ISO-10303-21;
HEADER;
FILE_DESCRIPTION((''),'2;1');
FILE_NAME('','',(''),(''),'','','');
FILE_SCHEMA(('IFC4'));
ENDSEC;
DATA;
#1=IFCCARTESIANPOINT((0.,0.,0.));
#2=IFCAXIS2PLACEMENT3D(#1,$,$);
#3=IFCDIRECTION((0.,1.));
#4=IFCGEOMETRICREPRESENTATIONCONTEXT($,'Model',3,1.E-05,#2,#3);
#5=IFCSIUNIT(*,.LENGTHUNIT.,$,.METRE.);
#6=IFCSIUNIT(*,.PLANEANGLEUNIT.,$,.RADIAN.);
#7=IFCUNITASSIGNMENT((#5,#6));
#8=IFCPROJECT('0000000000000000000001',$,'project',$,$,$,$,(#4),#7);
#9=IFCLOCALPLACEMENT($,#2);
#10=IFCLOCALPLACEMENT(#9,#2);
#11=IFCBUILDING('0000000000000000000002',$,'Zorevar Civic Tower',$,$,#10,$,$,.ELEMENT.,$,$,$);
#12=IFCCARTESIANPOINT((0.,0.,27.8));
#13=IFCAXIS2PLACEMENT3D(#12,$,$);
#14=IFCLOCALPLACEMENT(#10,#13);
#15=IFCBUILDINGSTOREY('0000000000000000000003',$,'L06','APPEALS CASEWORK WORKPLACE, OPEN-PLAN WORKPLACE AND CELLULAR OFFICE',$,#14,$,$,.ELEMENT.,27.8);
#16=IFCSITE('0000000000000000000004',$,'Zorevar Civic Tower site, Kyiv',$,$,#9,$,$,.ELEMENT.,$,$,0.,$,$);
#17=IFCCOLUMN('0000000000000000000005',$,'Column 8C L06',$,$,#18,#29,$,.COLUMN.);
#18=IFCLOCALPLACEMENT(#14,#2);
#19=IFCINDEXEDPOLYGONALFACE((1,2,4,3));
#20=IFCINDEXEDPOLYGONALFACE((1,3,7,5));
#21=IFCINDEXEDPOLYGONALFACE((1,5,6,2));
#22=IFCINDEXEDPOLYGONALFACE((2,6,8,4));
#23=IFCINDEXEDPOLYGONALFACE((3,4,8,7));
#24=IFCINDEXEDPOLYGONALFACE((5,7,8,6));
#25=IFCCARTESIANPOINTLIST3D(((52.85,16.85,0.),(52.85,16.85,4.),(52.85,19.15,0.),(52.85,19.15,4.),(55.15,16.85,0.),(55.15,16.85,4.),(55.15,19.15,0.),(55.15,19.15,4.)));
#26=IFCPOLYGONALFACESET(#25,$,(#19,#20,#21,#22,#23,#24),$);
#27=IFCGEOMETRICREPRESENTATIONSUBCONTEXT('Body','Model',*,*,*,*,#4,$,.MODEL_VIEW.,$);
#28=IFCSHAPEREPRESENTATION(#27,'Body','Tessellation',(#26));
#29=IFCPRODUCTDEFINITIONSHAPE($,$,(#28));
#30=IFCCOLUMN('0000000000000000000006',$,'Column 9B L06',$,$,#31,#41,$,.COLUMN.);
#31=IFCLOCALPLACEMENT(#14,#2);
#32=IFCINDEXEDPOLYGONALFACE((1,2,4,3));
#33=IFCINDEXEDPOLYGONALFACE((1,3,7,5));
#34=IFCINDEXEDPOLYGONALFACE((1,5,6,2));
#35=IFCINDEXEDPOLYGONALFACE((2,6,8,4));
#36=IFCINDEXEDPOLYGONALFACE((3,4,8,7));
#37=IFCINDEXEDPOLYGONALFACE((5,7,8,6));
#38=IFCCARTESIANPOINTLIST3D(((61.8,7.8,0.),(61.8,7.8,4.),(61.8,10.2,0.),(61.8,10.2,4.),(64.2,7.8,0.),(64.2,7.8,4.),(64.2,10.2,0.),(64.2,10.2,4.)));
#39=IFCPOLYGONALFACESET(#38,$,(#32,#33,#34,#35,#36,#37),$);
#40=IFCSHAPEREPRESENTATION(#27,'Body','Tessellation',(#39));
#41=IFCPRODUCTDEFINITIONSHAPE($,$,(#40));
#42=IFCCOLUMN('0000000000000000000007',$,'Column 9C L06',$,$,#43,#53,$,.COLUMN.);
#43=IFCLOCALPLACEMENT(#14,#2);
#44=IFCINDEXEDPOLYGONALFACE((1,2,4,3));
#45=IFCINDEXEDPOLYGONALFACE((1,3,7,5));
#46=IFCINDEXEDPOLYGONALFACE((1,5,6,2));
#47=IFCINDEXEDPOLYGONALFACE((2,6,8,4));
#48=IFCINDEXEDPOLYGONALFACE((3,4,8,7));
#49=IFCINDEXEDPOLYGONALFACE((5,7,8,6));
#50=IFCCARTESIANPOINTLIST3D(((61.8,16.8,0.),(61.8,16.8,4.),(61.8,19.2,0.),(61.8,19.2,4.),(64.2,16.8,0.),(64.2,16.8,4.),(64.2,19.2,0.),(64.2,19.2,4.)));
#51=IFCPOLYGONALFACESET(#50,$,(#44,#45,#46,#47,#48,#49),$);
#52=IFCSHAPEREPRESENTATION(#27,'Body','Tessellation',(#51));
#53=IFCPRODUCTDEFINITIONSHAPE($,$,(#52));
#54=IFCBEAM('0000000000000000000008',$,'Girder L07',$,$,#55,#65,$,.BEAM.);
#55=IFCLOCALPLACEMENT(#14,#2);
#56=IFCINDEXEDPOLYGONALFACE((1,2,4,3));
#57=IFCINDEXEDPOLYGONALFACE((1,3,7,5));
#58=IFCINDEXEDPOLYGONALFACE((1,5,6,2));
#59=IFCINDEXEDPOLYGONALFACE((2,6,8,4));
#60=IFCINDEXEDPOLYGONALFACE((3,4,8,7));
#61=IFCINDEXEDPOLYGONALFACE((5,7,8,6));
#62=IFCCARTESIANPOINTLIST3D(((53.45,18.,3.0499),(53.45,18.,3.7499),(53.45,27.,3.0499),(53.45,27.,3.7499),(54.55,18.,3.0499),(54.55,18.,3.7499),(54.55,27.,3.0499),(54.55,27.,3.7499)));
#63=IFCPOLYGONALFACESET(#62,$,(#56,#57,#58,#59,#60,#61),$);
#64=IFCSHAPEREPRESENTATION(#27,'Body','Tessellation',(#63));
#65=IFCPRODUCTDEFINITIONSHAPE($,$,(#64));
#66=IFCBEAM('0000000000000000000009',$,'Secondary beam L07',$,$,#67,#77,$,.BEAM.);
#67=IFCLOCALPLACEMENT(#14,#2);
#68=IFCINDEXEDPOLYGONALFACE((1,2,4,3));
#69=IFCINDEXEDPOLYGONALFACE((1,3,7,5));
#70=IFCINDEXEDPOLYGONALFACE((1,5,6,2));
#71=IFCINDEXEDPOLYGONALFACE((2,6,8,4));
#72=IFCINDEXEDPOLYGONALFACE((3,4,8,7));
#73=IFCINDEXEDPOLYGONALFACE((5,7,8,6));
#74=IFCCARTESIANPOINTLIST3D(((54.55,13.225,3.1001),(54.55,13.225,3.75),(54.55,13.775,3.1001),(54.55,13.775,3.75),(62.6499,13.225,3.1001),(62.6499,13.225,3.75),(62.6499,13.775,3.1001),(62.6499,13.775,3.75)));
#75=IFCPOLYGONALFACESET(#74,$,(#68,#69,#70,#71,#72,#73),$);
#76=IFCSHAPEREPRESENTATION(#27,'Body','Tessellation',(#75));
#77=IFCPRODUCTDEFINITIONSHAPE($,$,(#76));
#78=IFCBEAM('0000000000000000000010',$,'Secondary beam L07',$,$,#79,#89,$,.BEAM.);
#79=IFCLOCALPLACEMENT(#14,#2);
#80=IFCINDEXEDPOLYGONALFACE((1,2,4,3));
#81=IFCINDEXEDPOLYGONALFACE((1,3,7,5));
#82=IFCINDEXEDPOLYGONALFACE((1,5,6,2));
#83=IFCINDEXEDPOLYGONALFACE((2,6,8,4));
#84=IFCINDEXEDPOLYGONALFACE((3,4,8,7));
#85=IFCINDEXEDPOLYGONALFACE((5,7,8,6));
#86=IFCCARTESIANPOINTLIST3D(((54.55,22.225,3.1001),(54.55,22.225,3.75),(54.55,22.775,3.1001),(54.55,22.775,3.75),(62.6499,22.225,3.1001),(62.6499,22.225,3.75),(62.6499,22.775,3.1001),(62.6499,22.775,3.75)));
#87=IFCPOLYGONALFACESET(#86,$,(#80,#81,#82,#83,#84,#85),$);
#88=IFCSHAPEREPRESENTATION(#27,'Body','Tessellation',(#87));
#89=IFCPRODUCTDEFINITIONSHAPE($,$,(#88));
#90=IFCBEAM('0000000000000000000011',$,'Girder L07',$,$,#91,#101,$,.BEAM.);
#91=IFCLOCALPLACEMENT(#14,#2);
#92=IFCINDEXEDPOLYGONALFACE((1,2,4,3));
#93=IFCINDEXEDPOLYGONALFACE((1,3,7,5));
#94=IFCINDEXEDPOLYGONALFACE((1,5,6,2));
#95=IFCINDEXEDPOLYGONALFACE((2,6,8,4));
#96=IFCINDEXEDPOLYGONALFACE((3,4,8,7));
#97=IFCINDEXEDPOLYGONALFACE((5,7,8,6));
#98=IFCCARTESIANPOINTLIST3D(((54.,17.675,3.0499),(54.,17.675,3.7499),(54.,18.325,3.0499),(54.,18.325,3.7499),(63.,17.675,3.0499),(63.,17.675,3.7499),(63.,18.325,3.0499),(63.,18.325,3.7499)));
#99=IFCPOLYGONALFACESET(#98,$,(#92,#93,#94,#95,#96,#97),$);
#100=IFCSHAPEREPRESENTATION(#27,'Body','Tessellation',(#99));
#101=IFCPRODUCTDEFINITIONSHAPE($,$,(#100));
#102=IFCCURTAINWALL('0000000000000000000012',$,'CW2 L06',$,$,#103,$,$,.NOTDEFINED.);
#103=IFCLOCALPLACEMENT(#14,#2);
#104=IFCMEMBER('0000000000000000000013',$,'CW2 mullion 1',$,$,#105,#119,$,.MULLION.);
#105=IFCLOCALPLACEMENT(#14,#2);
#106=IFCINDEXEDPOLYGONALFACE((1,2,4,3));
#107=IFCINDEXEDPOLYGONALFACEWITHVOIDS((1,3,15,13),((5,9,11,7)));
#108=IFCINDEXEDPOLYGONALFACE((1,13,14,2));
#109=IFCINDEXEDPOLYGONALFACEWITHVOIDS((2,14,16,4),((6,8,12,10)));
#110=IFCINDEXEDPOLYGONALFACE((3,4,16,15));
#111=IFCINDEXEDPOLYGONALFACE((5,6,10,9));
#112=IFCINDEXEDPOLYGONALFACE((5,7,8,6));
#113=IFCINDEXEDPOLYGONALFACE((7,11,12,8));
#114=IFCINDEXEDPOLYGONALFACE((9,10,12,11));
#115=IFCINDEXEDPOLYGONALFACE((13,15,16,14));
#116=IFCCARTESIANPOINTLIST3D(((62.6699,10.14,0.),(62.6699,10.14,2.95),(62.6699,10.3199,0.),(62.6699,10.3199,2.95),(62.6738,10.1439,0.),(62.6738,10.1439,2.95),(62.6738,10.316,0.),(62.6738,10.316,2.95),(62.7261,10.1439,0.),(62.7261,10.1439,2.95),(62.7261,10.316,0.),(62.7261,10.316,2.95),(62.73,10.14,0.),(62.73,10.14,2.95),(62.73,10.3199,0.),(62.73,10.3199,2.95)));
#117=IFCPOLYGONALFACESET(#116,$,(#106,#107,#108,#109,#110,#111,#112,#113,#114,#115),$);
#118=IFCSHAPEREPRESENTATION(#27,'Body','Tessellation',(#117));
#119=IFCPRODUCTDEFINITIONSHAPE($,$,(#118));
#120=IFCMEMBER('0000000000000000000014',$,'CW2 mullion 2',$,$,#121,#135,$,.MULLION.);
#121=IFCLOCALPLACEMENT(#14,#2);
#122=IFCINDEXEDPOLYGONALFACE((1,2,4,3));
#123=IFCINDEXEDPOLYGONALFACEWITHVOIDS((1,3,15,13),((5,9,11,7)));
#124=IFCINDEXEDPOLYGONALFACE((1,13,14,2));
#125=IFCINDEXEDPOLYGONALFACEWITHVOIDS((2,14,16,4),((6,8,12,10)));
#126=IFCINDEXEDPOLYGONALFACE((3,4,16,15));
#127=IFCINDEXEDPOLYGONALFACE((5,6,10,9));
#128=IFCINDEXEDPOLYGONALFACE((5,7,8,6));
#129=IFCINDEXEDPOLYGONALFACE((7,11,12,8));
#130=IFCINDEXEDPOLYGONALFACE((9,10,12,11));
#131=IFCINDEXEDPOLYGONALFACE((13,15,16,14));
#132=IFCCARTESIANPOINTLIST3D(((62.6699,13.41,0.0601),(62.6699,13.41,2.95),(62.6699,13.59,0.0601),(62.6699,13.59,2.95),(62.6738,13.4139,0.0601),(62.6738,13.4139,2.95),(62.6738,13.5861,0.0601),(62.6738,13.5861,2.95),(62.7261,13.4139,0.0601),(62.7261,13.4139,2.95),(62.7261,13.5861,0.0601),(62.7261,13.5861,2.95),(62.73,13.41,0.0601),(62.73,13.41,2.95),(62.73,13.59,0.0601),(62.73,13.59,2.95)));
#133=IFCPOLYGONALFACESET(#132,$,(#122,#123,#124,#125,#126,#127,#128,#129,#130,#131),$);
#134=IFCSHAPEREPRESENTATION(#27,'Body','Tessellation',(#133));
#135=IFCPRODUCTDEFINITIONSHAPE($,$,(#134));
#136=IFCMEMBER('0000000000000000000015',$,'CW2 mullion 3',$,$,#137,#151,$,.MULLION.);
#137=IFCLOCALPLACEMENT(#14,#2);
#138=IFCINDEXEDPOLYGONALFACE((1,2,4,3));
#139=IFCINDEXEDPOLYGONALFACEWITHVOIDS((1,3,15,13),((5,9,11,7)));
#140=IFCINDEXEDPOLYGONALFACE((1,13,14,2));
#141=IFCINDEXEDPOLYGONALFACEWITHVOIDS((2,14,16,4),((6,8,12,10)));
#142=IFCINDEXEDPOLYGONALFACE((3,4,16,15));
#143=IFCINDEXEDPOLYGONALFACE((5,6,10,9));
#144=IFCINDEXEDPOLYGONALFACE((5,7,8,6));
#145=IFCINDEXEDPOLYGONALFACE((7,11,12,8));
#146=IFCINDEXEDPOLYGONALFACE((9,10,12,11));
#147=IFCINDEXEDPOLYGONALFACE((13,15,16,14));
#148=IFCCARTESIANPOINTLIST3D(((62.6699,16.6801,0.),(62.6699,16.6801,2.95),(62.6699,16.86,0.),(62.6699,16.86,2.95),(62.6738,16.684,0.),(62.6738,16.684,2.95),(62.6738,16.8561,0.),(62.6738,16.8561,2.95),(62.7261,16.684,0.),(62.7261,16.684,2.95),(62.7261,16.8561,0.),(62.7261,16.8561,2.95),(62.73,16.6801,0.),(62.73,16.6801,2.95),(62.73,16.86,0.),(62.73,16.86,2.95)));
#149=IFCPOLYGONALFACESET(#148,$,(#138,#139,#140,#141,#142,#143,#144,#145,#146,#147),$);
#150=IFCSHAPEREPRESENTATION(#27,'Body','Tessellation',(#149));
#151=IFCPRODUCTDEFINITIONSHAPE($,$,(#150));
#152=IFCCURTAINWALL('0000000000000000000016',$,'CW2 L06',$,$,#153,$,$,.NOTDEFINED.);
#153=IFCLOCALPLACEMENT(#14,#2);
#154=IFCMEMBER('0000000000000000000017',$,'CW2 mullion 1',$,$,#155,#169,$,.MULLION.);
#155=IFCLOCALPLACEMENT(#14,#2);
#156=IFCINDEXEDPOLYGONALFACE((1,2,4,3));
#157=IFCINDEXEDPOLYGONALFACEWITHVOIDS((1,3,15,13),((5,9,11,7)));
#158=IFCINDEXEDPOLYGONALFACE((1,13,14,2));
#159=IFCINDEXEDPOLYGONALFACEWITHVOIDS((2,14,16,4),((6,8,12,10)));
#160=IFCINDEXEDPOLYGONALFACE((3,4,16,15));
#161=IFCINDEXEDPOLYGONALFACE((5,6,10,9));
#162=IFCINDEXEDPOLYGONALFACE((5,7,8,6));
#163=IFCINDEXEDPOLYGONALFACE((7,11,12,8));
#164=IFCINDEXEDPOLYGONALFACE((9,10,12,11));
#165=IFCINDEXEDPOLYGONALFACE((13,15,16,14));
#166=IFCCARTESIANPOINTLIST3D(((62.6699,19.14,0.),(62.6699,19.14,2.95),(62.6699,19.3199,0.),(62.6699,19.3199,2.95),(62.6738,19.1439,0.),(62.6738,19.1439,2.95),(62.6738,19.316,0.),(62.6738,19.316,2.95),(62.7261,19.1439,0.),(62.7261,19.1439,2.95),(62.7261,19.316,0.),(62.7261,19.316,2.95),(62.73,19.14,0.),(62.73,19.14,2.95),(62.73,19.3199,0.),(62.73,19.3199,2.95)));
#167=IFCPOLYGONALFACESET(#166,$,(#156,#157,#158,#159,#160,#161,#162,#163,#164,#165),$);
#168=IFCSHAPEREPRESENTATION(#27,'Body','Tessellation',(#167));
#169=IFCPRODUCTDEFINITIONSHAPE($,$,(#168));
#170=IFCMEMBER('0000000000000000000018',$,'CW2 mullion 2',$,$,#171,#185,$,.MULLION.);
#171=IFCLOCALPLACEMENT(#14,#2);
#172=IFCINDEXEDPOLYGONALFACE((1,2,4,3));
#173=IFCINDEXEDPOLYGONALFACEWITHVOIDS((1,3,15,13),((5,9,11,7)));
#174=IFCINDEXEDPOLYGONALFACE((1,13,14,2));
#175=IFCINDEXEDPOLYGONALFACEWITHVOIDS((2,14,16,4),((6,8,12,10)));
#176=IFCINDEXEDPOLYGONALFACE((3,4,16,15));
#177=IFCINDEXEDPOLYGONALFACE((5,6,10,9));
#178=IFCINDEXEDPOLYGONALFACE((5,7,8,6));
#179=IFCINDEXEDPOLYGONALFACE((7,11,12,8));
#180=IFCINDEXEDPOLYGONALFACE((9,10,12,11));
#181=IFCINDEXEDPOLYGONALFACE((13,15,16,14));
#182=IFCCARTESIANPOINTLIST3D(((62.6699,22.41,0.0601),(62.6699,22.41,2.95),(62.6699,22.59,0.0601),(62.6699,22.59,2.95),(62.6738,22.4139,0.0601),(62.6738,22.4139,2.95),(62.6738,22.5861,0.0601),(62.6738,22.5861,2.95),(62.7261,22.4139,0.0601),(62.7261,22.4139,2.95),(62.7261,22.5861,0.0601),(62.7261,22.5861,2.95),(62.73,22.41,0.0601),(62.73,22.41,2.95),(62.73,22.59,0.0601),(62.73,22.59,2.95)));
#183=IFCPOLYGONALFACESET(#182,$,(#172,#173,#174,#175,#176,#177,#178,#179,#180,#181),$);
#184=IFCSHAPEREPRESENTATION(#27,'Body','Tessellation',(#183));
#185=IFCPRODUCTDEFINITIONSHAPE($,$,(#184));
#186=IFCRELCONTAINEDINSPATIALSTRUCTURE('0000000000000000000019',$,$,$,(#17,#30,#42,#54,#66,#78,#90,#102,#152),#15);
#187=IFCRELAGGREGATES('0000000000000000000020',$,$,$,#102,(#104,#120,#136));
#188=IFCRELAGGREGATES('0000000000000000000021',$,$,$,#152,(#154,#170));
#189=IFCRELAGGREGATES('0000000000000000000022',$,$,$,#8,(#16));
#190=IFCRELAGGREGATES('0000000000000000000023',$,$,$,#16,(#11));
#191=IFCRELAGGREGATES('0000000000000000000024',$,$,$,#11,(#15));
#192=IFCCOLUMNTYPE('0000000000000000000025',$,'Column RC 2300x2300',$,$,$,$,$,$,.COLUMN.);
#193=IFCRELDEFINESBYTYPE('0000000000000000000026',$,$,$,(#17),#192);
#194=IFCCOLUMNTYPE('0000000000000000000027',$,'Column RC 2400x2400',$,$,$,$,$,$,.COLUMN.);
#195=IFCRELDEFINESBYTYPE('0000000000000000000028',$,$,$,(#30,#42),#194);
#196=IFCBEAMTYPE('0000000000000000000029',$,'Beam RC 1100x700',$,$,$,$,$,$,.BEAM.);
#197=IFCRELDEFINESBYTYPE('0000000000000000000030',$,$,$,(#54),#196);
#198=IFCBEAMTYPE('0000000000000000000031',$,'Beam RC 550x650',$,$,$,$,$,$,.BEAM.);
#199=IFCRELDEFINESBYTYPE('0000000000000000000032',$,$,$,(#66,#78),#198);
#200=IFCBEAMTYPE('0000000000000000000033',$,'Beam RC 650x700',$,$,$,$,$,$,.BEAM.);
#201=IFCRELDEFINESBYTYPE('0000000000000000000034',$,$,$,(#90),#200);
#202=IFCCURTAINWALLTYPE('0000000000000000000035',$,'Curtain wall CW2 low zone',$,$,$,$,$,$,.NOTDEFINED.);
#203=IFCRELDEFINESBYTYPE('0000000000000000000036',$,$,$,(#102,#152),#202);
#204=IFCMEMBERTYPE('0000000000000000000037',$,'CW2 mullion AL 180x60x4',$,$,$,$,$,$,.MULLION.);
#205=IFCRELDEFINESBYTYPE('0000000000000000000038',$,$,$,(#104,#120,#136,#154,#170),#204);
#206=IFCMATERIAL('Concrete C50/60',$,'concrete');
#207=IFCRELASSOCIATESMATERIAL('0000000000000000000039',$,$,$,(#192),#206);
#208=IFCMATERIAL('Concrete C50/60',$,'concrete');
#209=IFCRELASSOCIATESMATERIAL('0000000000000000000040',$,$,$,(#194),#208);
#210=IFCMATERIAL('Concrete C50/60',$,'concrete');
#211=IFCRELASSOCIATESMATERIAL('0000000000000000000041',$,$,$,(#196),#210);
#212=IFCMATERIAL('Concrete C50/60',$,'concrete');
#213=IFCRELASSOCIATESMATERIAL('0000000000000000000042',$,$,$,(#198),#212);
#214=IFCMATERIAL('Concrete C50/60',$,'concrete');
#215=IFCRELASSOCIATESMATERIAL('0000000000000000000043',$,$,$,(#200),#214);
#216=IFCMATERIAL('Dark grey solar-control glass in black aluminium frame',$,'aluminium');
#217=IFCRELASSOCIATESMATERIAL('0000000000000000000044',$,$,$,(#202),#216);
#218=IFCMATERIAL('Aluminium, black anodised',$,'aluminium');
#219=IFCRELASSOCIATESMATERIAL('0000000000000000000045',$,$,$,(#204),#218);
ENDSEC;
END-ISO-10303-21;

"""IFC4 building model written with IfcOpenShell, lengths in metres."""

from ifc_helpers import new_model, si_unit, direction, frame, origin, origin_2d, place, context, subcontext, project, spatial, rectangle, hollow_rectangle, extrude, material, material_profile, profile_set, type_object, element, aggregate, save


model = new_model("IFC4")

# Units and contexts
model_context = context("Model", 3, precision=1e-05, world=origin(), true_north=direction((0.0, 1.0)))
body_context = subcontext(model_context, "Body", "Model", "MODEL_VIEW")
ifc_project = project(units=[si_unit("LENGTHUNIT", "METRE"), si_unit("PLANEANGLEUNIT", "RADIAN")], contexts=[model_context])

# Site, building, storey
site_placement = place(None, origin())
site = spatial("IfcSite", under=ifc_project, at=site_placement, Name="Zorevar Civic Tower site, Kyiv", CompositionType="ELEMENT", RefElevation=0.0)
building_placement = place(site_placement, origin())
building = spatial("IfcBuilding", under=site, at=building_placement, Name="Zorevar Civic Tower", CompositionType="ELEMENT")
storey_placement = place(building_placement, frame((0.0, 0.0, 27.8)))
storey = spatial("IfcBuildingStorey", under=building, at=storey_placement, Name="L06", Description="APPEALS CASEWORK WORKPLACE, OPEN-PLAN WORKPLACE AND CELLULAR OFFICE", CompositionType="ELEMENT", Elevation=27.8)

# Columns
ifc_material_1 = material(Name="Concrete C50/60", Category="concrete")
ifc_material_profile_1 = material_profile(ifc_material_1, rectangle(XDim=2.3, YDim=2.3, at=origin_2d()), Name="RC 2300x2300")
ifc_profile_set_1 = profile_set([ifc_material_profile_1], Name="Concrete C50/60")
column_type_1 = type_object("IfcColumnType", Name="Column RC 2300x2300", PredefinedType="COLUMN", material=ifc_profile_set_1)
column_placement = place(storey_placement, frame((54.0, 18.0, 0.0), z_axis=(0.0, 0.0, 1.0), x_axis=(1.0, 0.0, 0.0)))
element("IfcColumn", 1, at=column_placement, inside=storey, type_object=column_type_1, Name="Column 8C L06", PredefinedType="COLUMN", context=body_context, shape_type="SweptSolid", body=[
    extrude(rectangle(XDim=2.3, YDim=2.3, at=origin_2d()), origin(), (0.0, 0.0, 1.0), 4.0),
])
ifc_material_2 = material(Name="Concrete C50/60", Category="concrete")
ifc_material_profile_2 = material_profile(ifc_material_2, rectangle(XDim=2.3999, YDim=2.3999, at=origin_2d()), Name="RC 2400x2400")
ifc_profile_set_2 = profile_set([ifc_material_profile_2], Name="Concrete C50/60")
column_type_2 = type_object("IfcColumnType", Name="Column RC 2400x2400", PredefinedType="COLUMN", material=ifc_profile_set_2)
for number, where, z_axis, x_axis, name in (
    (2, (63.0, 9.0, 0.0), (0.0, 0.0, 1.0), (1.0, 0.0, 0.0), "Column 9B L06"),
    (3, (63.0, 18.0, 0.0), (0.0, 0.0, 1.0), (1.0, 0.0, 0.0), "Column 9C L06"),
):
    element("IfcColumn", number, at=place(storey_placement, frame(where, z_axis=z_axis, x_axis=x_axis)), inside=storey, type_object=column_type_2, Name=name, PredefinedType="COLUMN", context=body_context, shape_type="SweptSolid", body=[
        extrude(rectangle(XDim=2.3999, YDim=2.3999, at=origin_2d()), origin(), (0.0, 0.0, 1.0), 4.0),
    ])

# Beams
ifc_material_3 = material(Name="Concrete C50/60", Category="concrete")
ifc_material_profile_3 = material_profile(ifc_material_3, rectangle(XDim=1.1001, YDim=0.7, at=origin_2d()), Name="RC 1100x700")
ifc_profile_set_3 = profile_set([ifc_material_profile_3], Name="Concrete C50/60")
beam_type_1 = type_object("IfcBeamType", Name="Beam RC 1100x700", PredefinedType="BEAM", material=ifc_profile_set_3)
beam_1_placement = place(storey_placement, frame((54.0, 18.0, 3.3999), z_axis=(0.0, 1.0, 0.0), x_axis=(-1.0, 0.0, 0.0)))
element("IfcBeam", 4, at=beam_1_placement, inside=storey, type_object=beam_type_1, Name="Girder L07", PredefinedType="BEAM", context=body_context, shape_type="SweptSolid", body=[
    extrude(rectangle(XDim=1.1001, YDim=0.7, at=origin_2d()), origin(), (0.0, 0.0, 1.0), 9.0),
])
ifc_material_4 = material(Name="Concrete C50/60", Category="concrete")
ifc_material_profile_4 = material_profile(ifc_material_4, rectangle(XDim=0.55, YDim=0.6499, at=origin_2d()), Name="RC 550x650")
ifc_profile_set_4 = profile_set([ifc_material_profile_4], Name="Concrete C50/60")
beam_type_2 = type_object("IfcBeamType", Name="Beam RC 550x650", PredefinedType="BEAM", material=ifc_profile_set_4)
for number, where, z_axis, x_axis, name in (
    (5, (54.55, 13.5, 3.425), (1.0, 0.0, 0.0), (0.0, 1.0, 0.0), "Secondary beam L07"),
    (6, (54.55, 22.5, 3.425), (1.0, 0.0, 0.0), (0.0, 1.0, 0.0), "Secondary beam L07"),
):
    element("IfcBeam", number, at=place(storey_placement, frame(where, z_axis=z_axis, x_axis=x_axis)), inside=storey, type_object=beam_type_2, Name=name, PredefinedType="BEAM", context=body_context, shape_type="SweptSolid", body=[
        extrude(rectangle(XDim=0.55, YDim=0.6499, at=origin_2d()), origin(), (0.0, 0.0, 1.0), 8.0999),
    ])
ifc_material_5 = material(Name="Concrete C50/60", Category="concrete")
ifc_material_profile_5 = material_profile(ifc_material_5, rectangle(XDim=0.6499, YDim=0.7, at=origin_2d()), Name="RC 650x700")
ifc_profile_set_5 = profile_set([ifc_material_profile_5], Name="Concrete C50/60")
beam_type_3 = type_object("IfcBeamType", Name="Beam RC 650x700", PredefinedType="BEAM", material=ifc_profile_set_5)
beam_2_placement = place(storey_placement, frame((54.0, 18.0, 3.3999), z_axis=(1.0, 0.0, 0.0), x_axis=(0.0, 1.0, 0.0)))
element("IfcBeam", 7, at=beam_2_placement, inside=storey, type_object=beam_type_3, Name="Girder L07", PredefinedType="BEAM", context=body_context, shape_type="SweptSolid", body=[
    extrude(rectangle(XDim=0.6499, YDim=0.7, at=origin_2d()), origin(), (0.0, 0.0, 1.0), 9.0),
])

# Curtain walls, members
ifc_material_6 = material(Name="Dark grey solar-control glass in black aluminium frame", Category="aluminium")
curtain_wall_type = type_object("IfcCurtainWallType", Name="Curtain wall CW2 low zone", PredefinedType="NOTDEFINED", material=ifc_material_6)
curtain_wall_1_placement = place(storey_placement, origin())
curtain_wall_1 = element("IfcCurtainWall", 8, at=curtain_wall_1_placement, inside=storey, type_object=curtain_wall_type, Name="CW2 L06", PredefinedType="NOTDEFINED")
ifc_material_7 = material(Name="Aluminium, black anodised", Category="aluminium")
ifc_material_profile_6 = material_profile(ifc_material_7, hollow_rectangle(XDim=0.0601, YDim=0.1799, WallThickness=0.0039, at=origin_2d()), Name="AL 180x60x4")
ifc_profile_set_6 = profile_set([ifc_material_profile_6], Name="Aluminium, black anodised")
member_type_1 = type_object("IfcMemberType", Name="CW2 mullion AL 180x60x4", PredefinedType="MULLION", material=ifc_profile_set_6)
member_1_placement = place(storey_placement, frame((62.7, 10.23, 0.0), z_axis=(0.0, 0.0, 1.0), x_axis=(-1.0, 0.0, 0.0)))
member_1 = element("IfcMember", 9, at=member_1_placement, type_object=member_type_1, Name="CW2 mullion 1", PredefinedType="MULLION", context=body_context, shape_type="SweptSolid", body=[
    extrude(hollow_rectangle(XDim=0.0601, YDim=0.1799, WallThickness=0.0039, at=origin_2d()), origin(), (0.0, 0.0, 1.0), 2.95),
])
member_2_placement = place(storey_placement, frame((62.7, 13.5, 0.0601), z_axis=(0.0, 0.0, 1.0), x_axis=(-1.0, 0.0, 0.0)))
member_2 = element("IfcMember", 10, at=member_2_placement, type_object=member_type_1, Name="CW2 mullion 2", PredefinedType="MULLION", context=body_context, shape_type="SweptSolid", body=[
    extrude(hollow_rectangle(XDim=0.0601, YDim=0.1799, WallThickness=0.0039, at=origin_2d()), origin(), (0.0, 0.0, 1.0), 2.8899),
])
member_3_placement = place(storey_placement, frame((62.7, 16.77, 0.0), z_axis=(0.0, 0.0, 1.0), x_axis=(-1.0, 0.0, 0.0)))
member_3 = element("IfcMember", 11, at=member_3_placement, type_object=member_type_1, Name="CW2 mullion 3", PredefinedType="MULLION", context=body_context, shape_type="SweptSolid", body=[
    extrude(hollow_rectangle(XDim=0.0601, YDim=0.1799, WallThickness=0.0039, at=origin_2d()), origin(), (0.0, 0.0, 1.0), 2.95),
])
curtain_wall_2_placement = place(storey_placement, origin())
curtain_wall_2 = element("IfcCurtainWall", 12, at=curtain_wall_2_placement, inside=storey, type_object=curtain_wall_type, Name="CW2 L06", PredefinedType="NOTDEFINED")
member_4_placement = place(storey_placement, frame((62.7, 19.23, 0.0), z_axis=(0.0, 0.0, 1.0), x_axis=(-1.0, 0.0, 0.0)))
member_4 = element("IfcMember", 13, at=member_4_placement, type_object=member_type_1, Name="CW2 mullion 1", PredefinedType="MULLION", context=body_context, shape_type="SweptSolid", body=[
    extrude(hollow_rectangle(XDim=0.0601, YDim=0.1799, WallThickness=0.0039, at=origin_2d()), origin(), (0.0, 0.0, 1.0), 2.95),
])
member_5_placement = place(storey_placement, frame((62.7, 22.5, 0.0601), z_axis=(0.0, 0.0, 1.0), x_axis=(-1.0, 0.0, 0.0)))
member_5 = element("IfcMember", 14, at=member_5_placement, type_object=member_type_1, Name="CW2 mullion 2", PredefinedType="MULLION", context=body_context, shape_type="SweptSolid", body=[
    extrude(hollow_rectangle(XDim=0.0601, YDim=0.1799, WallThickness=0.0039, at=origin_2d()), origin(), (0.0, 0.0, 1.0), 2.8899),
])

aggregate(curtain_wall_1, [member_1, member_2, member_3])
aggregate(curtain_wall_2, [member_4, member_5])

save(model, "model.ifc")
